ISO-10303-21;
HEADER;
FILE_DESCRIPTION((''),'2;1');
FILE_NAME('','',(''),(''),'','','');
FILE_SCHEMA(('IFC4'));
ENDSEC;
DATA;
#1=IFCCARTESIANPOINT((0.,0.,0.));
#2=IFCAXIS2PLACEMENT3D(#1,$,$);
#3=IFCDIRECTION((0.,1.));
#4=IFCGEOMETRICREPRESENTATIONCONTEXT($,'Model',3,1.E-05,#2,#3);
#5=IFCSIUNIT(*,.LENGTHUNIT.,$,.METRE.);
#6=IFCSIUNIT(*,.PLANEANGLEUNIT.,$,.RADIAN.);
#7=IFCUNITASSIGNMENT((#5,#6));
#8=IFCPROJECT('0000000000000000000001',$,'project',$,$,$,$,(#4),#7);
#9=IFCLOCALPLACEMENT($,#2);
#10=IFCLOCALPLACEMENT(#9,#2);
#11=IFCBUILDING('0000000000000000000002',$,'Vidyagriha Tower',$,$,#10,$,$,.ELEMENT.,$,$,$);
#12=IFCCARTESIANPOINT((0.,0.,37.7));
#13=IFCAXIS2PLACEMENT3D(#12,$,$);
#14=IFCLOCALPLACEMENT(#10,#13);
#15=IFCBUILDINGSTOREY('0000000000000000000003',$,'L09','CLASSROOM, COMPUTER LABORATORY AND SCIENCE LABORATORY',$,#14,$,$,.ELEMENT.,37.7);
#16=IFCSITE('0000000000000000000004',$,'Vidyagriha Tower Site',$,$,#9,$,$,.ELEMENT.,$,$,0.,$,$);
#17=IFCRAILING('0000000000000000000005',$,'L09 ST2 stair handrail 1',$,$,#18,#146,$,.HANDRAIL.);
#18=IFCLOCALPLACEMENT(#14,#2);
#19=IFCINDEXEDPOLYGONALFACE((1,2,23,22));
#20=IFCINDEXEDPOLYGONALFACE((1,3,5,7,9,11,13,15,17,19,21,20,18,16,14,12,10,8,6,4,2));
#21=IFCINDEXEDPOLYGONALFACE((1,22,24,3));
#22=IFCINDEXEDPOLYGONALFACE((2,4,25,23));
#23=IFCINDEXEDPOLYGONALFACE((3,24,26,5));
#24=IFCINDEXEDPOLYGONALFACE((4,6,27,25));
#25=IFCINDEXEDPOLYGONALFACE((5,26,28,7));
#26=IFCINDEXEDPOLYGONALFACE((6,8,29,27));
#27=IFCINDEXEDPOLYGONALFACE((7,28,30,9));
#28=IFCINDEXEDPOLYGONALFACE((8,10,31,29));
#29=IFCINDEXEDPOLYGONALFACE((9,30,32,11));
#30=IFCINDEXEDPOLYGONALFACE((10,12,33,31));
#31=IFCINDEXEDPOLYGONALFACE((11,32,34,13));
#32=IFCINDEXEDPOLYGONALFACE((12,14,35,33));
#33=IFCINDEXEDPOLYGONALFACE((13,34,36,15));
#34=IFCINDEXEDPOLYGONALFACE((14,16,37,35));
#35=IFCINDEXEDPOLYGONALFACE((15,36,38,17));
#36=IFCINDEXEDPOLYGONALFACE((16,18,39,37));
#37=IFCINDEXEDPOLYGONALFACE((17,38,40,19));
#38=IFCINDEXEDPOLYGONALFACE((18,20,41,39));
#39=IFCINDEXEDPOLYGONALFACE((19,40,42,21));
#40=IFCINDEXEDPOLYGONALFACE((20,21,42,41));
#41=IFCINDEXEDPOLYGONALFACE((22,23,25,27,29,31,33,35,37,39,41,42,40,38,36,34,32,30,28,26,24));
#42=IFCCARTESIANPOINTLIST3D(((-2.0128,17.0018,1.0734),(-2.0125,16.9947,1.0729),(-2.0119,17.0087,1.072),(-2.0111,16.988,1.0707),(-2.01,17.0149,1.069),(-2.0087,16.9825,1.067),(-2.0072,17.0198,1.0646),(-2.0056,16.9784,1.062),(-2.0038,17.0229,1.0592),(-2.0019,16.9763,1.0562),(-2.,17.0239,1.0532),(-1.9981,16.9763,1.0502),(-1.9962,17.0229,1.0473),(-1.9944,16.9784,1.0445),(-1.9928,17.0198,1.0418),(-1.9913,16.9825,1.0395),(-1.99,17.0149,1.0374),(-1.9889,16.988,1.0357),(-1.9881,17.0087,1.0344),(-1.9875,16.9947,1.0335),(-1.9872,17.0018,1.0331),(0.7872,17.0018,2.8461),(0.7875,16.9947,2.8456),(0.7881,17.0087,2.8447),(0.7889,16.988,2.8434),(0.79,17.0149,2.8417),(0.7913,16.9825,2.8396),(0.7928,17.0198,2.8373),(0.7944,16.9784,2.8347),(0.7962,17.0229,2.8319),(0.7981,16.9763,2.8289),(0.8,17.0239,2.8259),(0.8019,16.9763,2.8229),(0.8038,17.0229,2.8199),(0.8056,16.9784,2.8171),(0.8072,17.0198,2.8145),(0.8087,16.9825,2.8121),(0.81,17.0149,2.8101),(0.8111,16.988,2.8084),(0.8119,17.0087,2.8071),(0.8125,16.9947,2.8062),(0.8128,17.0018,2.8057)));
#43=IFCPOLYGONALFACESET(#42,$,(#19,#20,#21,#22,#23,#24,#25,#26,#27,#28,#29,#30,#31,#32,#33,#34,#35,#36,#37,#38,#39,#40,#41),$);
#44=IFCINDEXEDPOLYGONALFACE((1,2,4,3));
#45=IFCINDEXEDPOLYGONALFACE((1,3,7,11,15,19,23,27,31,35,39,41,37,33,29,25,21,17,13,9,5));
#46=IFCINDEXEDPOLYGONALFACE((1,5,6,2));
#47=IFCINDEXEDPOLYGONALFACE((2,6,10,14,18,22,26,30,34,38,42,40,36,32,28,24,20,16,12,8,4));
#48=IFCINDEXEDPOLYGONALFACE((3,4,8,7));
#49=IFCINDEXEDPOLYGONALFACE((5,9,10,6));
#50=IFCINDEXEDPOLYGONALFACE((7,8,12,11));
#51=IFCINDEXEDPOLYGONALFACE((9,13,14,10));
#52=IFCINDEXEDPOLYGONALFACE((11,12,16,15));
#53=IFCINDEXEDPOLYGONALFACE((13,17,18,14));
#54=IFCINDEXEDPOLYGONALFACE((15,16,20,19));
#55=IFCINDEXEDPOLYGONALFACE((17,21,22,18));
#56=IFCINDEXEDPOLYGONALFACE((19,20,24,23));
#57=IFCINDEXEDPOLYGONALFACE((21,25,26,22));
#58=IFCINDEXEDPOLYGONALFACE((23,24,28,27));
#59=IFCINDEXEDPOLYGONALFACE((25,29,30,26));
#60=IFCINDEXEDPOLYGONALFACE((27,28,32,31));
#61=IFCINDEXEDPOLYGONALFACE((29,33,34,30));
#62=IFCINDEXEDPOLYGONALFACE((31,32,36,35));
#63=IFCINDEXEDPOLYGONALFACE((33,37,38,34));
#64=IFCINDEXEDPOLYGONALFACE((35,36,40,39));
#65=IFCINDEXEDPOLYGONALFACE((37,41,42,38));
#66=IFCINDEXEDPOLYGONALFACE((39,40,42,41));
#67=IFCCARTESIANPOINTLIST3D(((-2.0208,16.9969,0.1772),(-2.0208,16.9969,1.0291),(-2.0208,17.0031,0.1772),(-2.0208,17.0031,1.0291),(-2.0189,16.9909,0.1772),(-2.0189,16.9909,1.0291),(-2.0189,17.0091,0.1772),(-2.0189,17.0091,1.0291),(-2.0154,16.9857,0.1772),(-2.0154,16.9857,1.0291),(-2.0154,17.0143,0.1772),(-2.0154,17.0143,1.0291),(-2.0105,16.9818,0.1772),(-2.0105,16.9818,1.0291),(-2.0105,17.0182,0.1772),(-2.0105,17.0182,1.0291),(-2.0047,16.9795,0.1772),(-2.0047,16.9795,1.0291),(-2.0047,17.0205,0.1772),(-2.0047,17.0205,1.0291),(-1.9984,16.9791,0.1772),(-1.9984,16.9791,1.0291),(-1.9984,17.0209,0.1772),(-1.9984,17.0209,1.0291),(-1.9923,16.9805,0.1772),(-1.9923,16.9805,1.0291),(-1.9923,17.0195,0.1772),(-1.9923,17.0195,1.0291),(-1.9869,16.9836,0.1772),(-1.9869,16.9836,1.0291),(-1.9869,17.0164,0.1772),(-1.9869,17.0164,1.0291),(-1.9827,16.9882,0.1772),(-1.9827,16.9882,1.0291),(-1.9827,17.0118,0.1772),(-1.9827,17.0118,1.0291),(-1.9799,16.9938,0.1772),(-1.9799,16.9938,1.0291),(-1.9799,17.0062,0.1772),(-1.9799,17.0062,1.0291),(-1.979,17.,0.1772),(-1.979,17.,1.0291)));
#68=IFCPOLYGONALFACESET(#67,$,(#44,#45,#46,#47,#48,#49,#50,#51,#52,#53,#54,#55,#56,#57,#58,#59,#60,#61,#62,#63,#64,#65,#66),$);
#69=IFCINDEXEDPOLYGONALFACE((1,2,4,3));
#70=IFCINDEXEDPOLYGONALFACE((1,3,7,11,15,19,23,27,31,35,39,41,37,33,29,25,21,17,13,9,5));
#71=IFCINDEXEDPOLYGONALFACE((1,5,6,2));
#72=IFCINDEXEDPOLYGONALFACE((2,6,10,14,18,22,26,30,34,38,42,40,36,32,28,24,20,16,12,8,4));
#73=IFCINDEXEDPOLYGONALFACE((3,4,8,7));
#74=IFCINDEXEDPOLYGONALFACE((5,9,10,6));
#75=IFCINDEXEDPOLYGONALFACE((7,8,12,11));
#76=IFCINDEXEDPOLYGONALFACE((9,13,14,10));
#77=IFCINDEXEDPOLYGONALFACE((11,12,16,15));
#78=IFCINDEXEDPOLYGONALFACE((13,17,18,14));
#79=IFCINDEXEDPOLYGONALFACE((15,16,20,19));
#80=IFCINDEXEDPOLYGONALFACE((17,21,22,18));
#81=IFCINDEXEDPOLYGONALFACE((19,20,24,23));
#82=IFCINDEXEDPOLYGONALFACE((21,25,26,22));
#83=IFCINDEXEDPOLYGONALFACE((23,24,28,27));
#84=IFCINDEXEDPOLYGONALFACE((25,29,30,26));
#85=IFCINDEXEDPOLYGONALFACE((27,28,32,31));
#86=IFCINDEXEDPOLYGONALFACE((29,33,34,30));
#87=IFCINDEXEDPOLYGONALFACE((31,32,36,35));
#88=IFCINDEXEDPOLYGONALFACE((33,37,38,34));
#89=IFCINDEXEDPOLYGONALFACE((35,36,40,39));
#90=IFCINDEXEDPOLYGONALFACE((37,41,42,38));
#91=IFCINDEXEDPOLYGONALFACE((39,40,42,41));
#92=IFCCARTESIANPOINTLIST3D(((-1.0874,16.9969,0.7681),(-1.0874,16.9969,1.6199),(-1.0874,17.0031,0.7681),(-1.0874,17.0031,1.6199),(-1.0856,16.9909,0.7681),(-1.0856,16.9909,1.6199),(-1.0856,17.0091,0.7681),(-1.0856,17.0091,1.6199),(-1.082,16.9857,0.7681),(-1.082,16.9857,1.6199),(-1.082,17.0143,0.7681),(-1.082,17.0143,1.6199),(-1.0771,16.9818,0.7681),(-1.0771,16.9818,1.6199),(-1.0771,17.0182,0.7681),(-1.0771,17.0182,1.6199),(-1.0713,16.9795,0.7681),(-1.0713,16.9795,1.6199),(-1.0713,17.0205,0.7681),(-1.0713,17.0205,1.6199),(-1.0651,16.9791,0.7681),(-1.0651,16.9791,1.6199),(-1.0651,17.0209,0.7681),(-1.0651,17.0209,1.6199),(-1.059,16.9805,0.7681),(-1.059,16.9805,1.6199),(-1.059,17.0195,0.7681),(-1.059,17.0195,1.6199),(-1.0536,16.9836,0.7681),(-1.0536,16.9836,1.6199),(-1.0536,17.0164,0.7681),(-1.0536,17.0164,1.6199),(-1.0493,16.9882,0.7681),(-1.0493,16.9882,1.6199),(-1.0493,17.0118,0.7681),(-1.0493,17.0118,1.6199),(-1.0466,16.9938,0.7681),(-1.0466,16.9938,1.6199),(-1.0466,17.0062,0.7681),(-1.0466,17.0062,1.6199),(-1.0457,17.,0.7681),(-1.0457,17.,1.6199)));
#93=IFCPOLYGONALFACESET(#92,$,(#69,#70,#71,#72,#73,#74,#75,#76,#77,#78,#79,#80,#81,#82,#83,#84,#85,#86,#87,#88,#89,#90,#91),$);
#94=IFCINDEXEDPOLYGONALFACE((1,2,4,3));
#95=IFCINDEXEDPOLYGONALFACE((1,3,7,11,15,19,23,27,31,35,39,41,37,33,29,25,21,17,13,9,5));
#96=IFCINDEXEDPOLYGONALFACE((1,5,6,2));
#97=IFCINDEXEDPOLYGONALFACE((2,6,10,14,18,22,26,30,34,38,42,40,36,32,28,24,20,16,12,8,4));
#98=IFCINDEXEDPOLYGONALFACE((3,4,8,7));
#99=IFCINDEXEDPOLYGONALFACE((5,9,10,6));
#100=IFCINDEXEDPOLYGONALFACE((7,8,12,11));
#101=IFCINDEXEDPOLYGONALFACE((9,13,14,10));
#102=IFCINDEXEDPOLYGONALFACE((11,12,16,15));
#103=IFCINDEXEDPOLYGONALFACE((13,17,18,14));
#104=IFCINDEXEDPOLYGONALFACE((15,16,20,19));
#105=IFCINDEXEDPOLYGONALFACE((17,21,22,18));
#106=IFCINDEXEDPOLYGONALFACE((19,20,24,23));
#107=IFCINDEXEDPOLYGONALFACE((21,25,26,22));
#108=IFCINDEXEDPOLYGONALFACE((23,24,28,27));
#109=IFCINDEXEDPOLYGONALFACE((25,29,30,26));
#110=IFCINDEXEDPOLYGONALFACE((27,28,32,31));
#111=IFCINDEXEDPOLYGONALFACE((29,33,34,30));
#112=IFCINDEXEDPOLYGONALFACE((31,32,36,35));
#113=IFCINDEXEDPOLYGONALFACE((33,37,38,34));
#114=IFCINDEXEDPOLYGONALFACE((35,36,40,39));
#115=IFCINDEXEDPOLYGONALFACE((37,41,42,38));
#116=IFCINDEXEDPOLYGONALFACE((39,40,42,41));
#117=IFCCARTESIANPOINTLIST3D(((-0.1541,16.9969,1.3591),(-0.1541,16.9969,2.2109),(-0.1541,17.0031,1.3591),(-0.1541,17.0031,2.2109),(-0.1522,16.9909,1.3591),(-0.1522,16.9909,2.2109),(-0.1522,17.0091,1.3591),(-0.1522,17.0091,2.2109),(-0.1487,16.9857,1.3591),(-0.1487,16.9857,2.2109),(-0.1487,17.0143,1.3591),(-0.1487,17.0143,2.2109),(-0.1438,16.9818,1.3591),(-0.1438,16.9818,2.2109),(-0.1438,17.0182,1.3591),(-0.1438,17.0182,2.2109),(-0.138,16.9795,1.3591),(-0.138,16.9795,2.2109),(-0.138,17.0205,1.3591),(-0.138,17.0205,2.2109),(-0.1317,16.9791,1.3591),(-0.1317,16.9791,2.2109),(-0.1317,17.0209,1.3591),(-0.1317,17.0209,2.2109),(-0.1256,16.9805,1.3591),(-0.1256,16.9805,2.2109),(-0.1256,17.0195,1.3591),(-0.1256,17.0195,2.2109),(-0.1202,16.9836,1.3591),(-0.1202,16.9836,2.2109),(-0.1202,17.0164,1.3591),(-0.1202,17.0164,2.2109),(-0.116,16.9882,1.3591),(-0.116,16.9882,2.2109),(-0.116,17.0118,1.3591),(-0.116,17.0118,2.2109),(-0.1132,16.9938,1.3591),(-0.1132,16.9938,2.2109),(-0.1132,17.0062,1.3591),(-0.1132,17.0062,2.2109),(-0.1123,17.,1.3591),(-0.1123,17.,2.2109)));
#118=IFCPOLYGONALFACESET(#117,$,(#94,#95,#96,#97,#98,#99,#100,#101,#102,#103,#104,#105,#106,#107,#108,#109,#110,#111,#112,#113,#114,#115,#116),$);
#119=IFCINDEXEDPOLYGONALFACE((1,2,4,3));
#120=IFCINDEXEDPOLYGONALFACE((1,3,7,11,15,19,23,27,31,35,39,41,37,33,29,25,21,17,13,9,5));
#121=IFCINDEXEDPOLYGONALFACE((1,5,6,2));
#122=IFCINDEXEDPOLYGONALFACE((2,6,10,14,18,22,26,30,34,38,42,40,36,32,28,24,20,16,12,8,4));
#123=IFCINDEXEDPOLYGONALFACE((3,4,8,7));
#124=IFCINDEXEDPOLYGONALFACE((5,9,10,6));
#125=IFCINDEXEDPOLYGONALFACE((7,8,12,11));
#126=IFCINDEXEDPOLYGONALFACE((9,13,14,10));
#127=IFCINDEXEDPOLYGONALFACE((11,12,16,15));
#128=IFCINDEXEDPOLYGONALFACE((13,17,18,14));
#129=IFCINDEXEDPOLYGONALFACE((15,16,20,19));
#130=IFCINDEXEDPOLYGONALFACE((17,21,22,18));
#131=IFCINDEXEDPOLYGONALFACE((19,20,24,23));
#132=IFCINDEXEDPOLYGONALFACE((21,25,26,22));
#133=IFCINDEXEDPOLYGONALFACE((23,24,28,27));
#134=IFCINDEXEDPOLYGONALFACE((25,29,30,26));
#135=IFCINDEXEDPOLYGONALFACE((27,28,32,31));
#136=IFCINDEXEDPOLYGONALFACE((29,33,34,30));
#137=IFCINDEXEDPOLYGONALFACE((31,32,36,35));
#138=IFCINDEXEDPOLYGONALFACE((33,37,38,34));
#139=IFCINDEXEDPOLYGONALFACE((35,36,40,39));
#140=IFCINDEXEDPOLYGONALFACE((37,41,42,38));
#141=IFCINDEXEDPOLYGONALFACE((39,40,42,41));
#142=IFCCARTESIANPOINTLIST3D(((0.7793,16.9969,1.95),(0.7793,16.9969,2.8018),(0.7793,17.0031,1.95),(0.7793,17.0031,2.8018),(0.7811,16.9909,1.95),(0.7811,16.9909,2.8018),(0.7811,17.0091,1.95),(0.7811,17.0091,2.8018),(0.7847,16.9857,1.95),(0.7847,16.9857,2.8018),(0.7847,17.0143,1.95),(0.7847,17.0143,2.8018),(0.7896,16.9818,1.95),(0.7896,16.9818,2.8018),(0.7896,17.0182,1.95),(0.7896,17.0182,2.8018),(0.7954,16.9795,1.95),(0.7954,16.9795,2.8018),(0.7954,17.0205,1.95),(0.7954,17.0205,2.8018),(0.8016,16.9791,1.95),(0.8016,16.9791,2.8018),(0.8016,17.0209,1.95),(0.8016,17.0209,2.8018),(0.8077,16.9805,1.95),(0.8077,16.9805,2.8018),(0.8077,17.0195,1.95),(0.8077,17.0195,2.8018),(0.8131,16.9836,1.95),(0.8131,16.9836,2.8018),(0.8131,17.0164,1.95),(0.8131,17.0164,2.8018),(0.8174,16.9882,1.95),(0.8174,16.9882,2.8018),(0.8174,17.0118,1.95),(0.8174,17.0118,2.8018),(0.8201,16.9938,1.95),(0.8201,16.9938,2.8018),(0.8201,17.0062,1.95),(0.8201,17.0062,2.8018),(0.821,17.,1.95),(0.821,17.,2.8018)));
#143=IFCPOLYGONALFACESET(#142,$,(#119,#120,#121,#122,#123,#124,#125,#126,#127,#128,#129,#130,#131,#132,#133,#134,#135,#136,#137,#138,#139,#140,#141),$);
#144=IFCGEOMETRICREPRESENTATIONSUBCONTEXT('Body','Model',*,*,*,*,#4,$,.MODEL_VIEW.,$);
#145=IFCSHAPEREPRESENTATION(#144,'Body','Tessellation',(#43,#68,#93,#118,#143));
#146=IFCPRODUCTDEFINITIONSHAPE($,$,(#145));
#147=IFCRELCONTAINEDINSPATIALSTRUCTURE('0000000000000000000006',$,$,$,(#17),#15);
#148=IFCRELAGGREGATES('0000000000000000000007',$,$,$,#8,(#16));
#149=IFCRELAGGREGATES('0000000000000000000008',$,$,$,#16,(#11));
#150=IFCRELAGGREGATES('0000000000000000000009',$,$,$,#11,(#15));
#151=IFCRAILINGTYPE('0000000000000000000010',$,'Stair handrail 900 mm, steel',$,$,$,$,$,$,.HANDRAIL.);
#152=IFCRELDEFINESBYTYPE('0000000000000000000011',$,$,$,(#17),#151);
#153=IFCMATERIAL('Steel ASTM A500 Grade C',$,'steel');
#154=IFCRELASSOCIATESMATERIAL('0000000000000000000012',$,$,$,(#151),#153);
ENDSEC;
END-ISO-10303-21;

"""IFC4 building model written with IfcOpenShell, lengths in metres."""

from ifc_helpers import new_model, si_unit, direction, frame, origin, origin_2d, place, context, subcontext, project, spatial, circle, extrude, material, type_object, element, save


model = new_model("IFC4")

# Units and contexts
model_context = context("Model", 3, precision=1e-05, world=origin(), true_north=direction((0.0, 1.0)))
body_context = subcontext(model_context, "Body", "Model", "MODEL_VIEW")
ifc_project = project(units=[si_unit("LENGTHUNIT", "METRE"), si_unit("PLANEANGLEUNIT", "RADIAN")], contexts=[model_context])

# Site, building, storey
site_placement = place(None, origin())
site = spatial("IfcSite", under=ifc_project, at=site_placement, Name="Vidyagriha Tower Site", CompositionType="ELEMENT", RefElevation=0.0)
building_placement = place(site_placement, origin())
building = spatial("IfcBuilding", under=site, at=building_placement, Name="Vidyagriha Tower", CompositionType="ELEMENT")
storey_placement = place(building_placement, frame((0.0, 0.0, 37.7)))
storey = spatial("IfcBuildingStorey", under=building, at=storey_placement, Name="L09", Description="CLASSROOM, COMPUTER LABORATORY AND SCIENCE LABORATORY", CompositionType="ELEMENT", Elevation=37.7)

# Railing
ifc_material_1 = material(Name="Steel ASTM A500 Grade C", Category="steel")
railing_type_1 = type_object("IfcRailingType", Name="Stair handrail 900 mm, steel", PredefinedType="HANDRAIL", material=ifc_material_1)
railing_1_placement = place(storey_placement, frame((-2.0, 17.0, 0.1772)))
element("IfcRailing", 1, at=railing_1_placement, inside=storey, type_object=railing_type_1, Name="L09 ST2 stair handrail 1", PredefinedType="HANDRAIL", context=body_context, shape_type="SweptSolid", body=[
    extrude(circle(Radius=0.0239, at=origin_2d()), frame((0.0, 0.0, 0.876), z_axis=(0.844909, 0.0, 0.53491), x_axis=(0.0, 1.0, 0.0)), (0.0, 0.0, 1.0), 3.314),
    extrude(circle(Radius=0.021, at=origin_2d()), origin(), (0.0, 0.0, 1.0), 0.8518),
    extrude(circle(Radius=0.021, at=origin_2d()), frame((0.9333, 0.0, 0.5908)), (0.0, 0.0, 1.0), 0.8518),
    extrude(circle(Radius=0.021, at=origin_2d()), frame((1.8667, 0.0, 1.1819)), (0.0, 0.0, 1.0), 0.8518),
    extrude(circle(Radius=0.021, at=origin_2d()), frame((2.8, 0.0, 1.7727)), (0.0, 0.0, 1.0), 0.8518),
])

save(model, "model.ifc")
